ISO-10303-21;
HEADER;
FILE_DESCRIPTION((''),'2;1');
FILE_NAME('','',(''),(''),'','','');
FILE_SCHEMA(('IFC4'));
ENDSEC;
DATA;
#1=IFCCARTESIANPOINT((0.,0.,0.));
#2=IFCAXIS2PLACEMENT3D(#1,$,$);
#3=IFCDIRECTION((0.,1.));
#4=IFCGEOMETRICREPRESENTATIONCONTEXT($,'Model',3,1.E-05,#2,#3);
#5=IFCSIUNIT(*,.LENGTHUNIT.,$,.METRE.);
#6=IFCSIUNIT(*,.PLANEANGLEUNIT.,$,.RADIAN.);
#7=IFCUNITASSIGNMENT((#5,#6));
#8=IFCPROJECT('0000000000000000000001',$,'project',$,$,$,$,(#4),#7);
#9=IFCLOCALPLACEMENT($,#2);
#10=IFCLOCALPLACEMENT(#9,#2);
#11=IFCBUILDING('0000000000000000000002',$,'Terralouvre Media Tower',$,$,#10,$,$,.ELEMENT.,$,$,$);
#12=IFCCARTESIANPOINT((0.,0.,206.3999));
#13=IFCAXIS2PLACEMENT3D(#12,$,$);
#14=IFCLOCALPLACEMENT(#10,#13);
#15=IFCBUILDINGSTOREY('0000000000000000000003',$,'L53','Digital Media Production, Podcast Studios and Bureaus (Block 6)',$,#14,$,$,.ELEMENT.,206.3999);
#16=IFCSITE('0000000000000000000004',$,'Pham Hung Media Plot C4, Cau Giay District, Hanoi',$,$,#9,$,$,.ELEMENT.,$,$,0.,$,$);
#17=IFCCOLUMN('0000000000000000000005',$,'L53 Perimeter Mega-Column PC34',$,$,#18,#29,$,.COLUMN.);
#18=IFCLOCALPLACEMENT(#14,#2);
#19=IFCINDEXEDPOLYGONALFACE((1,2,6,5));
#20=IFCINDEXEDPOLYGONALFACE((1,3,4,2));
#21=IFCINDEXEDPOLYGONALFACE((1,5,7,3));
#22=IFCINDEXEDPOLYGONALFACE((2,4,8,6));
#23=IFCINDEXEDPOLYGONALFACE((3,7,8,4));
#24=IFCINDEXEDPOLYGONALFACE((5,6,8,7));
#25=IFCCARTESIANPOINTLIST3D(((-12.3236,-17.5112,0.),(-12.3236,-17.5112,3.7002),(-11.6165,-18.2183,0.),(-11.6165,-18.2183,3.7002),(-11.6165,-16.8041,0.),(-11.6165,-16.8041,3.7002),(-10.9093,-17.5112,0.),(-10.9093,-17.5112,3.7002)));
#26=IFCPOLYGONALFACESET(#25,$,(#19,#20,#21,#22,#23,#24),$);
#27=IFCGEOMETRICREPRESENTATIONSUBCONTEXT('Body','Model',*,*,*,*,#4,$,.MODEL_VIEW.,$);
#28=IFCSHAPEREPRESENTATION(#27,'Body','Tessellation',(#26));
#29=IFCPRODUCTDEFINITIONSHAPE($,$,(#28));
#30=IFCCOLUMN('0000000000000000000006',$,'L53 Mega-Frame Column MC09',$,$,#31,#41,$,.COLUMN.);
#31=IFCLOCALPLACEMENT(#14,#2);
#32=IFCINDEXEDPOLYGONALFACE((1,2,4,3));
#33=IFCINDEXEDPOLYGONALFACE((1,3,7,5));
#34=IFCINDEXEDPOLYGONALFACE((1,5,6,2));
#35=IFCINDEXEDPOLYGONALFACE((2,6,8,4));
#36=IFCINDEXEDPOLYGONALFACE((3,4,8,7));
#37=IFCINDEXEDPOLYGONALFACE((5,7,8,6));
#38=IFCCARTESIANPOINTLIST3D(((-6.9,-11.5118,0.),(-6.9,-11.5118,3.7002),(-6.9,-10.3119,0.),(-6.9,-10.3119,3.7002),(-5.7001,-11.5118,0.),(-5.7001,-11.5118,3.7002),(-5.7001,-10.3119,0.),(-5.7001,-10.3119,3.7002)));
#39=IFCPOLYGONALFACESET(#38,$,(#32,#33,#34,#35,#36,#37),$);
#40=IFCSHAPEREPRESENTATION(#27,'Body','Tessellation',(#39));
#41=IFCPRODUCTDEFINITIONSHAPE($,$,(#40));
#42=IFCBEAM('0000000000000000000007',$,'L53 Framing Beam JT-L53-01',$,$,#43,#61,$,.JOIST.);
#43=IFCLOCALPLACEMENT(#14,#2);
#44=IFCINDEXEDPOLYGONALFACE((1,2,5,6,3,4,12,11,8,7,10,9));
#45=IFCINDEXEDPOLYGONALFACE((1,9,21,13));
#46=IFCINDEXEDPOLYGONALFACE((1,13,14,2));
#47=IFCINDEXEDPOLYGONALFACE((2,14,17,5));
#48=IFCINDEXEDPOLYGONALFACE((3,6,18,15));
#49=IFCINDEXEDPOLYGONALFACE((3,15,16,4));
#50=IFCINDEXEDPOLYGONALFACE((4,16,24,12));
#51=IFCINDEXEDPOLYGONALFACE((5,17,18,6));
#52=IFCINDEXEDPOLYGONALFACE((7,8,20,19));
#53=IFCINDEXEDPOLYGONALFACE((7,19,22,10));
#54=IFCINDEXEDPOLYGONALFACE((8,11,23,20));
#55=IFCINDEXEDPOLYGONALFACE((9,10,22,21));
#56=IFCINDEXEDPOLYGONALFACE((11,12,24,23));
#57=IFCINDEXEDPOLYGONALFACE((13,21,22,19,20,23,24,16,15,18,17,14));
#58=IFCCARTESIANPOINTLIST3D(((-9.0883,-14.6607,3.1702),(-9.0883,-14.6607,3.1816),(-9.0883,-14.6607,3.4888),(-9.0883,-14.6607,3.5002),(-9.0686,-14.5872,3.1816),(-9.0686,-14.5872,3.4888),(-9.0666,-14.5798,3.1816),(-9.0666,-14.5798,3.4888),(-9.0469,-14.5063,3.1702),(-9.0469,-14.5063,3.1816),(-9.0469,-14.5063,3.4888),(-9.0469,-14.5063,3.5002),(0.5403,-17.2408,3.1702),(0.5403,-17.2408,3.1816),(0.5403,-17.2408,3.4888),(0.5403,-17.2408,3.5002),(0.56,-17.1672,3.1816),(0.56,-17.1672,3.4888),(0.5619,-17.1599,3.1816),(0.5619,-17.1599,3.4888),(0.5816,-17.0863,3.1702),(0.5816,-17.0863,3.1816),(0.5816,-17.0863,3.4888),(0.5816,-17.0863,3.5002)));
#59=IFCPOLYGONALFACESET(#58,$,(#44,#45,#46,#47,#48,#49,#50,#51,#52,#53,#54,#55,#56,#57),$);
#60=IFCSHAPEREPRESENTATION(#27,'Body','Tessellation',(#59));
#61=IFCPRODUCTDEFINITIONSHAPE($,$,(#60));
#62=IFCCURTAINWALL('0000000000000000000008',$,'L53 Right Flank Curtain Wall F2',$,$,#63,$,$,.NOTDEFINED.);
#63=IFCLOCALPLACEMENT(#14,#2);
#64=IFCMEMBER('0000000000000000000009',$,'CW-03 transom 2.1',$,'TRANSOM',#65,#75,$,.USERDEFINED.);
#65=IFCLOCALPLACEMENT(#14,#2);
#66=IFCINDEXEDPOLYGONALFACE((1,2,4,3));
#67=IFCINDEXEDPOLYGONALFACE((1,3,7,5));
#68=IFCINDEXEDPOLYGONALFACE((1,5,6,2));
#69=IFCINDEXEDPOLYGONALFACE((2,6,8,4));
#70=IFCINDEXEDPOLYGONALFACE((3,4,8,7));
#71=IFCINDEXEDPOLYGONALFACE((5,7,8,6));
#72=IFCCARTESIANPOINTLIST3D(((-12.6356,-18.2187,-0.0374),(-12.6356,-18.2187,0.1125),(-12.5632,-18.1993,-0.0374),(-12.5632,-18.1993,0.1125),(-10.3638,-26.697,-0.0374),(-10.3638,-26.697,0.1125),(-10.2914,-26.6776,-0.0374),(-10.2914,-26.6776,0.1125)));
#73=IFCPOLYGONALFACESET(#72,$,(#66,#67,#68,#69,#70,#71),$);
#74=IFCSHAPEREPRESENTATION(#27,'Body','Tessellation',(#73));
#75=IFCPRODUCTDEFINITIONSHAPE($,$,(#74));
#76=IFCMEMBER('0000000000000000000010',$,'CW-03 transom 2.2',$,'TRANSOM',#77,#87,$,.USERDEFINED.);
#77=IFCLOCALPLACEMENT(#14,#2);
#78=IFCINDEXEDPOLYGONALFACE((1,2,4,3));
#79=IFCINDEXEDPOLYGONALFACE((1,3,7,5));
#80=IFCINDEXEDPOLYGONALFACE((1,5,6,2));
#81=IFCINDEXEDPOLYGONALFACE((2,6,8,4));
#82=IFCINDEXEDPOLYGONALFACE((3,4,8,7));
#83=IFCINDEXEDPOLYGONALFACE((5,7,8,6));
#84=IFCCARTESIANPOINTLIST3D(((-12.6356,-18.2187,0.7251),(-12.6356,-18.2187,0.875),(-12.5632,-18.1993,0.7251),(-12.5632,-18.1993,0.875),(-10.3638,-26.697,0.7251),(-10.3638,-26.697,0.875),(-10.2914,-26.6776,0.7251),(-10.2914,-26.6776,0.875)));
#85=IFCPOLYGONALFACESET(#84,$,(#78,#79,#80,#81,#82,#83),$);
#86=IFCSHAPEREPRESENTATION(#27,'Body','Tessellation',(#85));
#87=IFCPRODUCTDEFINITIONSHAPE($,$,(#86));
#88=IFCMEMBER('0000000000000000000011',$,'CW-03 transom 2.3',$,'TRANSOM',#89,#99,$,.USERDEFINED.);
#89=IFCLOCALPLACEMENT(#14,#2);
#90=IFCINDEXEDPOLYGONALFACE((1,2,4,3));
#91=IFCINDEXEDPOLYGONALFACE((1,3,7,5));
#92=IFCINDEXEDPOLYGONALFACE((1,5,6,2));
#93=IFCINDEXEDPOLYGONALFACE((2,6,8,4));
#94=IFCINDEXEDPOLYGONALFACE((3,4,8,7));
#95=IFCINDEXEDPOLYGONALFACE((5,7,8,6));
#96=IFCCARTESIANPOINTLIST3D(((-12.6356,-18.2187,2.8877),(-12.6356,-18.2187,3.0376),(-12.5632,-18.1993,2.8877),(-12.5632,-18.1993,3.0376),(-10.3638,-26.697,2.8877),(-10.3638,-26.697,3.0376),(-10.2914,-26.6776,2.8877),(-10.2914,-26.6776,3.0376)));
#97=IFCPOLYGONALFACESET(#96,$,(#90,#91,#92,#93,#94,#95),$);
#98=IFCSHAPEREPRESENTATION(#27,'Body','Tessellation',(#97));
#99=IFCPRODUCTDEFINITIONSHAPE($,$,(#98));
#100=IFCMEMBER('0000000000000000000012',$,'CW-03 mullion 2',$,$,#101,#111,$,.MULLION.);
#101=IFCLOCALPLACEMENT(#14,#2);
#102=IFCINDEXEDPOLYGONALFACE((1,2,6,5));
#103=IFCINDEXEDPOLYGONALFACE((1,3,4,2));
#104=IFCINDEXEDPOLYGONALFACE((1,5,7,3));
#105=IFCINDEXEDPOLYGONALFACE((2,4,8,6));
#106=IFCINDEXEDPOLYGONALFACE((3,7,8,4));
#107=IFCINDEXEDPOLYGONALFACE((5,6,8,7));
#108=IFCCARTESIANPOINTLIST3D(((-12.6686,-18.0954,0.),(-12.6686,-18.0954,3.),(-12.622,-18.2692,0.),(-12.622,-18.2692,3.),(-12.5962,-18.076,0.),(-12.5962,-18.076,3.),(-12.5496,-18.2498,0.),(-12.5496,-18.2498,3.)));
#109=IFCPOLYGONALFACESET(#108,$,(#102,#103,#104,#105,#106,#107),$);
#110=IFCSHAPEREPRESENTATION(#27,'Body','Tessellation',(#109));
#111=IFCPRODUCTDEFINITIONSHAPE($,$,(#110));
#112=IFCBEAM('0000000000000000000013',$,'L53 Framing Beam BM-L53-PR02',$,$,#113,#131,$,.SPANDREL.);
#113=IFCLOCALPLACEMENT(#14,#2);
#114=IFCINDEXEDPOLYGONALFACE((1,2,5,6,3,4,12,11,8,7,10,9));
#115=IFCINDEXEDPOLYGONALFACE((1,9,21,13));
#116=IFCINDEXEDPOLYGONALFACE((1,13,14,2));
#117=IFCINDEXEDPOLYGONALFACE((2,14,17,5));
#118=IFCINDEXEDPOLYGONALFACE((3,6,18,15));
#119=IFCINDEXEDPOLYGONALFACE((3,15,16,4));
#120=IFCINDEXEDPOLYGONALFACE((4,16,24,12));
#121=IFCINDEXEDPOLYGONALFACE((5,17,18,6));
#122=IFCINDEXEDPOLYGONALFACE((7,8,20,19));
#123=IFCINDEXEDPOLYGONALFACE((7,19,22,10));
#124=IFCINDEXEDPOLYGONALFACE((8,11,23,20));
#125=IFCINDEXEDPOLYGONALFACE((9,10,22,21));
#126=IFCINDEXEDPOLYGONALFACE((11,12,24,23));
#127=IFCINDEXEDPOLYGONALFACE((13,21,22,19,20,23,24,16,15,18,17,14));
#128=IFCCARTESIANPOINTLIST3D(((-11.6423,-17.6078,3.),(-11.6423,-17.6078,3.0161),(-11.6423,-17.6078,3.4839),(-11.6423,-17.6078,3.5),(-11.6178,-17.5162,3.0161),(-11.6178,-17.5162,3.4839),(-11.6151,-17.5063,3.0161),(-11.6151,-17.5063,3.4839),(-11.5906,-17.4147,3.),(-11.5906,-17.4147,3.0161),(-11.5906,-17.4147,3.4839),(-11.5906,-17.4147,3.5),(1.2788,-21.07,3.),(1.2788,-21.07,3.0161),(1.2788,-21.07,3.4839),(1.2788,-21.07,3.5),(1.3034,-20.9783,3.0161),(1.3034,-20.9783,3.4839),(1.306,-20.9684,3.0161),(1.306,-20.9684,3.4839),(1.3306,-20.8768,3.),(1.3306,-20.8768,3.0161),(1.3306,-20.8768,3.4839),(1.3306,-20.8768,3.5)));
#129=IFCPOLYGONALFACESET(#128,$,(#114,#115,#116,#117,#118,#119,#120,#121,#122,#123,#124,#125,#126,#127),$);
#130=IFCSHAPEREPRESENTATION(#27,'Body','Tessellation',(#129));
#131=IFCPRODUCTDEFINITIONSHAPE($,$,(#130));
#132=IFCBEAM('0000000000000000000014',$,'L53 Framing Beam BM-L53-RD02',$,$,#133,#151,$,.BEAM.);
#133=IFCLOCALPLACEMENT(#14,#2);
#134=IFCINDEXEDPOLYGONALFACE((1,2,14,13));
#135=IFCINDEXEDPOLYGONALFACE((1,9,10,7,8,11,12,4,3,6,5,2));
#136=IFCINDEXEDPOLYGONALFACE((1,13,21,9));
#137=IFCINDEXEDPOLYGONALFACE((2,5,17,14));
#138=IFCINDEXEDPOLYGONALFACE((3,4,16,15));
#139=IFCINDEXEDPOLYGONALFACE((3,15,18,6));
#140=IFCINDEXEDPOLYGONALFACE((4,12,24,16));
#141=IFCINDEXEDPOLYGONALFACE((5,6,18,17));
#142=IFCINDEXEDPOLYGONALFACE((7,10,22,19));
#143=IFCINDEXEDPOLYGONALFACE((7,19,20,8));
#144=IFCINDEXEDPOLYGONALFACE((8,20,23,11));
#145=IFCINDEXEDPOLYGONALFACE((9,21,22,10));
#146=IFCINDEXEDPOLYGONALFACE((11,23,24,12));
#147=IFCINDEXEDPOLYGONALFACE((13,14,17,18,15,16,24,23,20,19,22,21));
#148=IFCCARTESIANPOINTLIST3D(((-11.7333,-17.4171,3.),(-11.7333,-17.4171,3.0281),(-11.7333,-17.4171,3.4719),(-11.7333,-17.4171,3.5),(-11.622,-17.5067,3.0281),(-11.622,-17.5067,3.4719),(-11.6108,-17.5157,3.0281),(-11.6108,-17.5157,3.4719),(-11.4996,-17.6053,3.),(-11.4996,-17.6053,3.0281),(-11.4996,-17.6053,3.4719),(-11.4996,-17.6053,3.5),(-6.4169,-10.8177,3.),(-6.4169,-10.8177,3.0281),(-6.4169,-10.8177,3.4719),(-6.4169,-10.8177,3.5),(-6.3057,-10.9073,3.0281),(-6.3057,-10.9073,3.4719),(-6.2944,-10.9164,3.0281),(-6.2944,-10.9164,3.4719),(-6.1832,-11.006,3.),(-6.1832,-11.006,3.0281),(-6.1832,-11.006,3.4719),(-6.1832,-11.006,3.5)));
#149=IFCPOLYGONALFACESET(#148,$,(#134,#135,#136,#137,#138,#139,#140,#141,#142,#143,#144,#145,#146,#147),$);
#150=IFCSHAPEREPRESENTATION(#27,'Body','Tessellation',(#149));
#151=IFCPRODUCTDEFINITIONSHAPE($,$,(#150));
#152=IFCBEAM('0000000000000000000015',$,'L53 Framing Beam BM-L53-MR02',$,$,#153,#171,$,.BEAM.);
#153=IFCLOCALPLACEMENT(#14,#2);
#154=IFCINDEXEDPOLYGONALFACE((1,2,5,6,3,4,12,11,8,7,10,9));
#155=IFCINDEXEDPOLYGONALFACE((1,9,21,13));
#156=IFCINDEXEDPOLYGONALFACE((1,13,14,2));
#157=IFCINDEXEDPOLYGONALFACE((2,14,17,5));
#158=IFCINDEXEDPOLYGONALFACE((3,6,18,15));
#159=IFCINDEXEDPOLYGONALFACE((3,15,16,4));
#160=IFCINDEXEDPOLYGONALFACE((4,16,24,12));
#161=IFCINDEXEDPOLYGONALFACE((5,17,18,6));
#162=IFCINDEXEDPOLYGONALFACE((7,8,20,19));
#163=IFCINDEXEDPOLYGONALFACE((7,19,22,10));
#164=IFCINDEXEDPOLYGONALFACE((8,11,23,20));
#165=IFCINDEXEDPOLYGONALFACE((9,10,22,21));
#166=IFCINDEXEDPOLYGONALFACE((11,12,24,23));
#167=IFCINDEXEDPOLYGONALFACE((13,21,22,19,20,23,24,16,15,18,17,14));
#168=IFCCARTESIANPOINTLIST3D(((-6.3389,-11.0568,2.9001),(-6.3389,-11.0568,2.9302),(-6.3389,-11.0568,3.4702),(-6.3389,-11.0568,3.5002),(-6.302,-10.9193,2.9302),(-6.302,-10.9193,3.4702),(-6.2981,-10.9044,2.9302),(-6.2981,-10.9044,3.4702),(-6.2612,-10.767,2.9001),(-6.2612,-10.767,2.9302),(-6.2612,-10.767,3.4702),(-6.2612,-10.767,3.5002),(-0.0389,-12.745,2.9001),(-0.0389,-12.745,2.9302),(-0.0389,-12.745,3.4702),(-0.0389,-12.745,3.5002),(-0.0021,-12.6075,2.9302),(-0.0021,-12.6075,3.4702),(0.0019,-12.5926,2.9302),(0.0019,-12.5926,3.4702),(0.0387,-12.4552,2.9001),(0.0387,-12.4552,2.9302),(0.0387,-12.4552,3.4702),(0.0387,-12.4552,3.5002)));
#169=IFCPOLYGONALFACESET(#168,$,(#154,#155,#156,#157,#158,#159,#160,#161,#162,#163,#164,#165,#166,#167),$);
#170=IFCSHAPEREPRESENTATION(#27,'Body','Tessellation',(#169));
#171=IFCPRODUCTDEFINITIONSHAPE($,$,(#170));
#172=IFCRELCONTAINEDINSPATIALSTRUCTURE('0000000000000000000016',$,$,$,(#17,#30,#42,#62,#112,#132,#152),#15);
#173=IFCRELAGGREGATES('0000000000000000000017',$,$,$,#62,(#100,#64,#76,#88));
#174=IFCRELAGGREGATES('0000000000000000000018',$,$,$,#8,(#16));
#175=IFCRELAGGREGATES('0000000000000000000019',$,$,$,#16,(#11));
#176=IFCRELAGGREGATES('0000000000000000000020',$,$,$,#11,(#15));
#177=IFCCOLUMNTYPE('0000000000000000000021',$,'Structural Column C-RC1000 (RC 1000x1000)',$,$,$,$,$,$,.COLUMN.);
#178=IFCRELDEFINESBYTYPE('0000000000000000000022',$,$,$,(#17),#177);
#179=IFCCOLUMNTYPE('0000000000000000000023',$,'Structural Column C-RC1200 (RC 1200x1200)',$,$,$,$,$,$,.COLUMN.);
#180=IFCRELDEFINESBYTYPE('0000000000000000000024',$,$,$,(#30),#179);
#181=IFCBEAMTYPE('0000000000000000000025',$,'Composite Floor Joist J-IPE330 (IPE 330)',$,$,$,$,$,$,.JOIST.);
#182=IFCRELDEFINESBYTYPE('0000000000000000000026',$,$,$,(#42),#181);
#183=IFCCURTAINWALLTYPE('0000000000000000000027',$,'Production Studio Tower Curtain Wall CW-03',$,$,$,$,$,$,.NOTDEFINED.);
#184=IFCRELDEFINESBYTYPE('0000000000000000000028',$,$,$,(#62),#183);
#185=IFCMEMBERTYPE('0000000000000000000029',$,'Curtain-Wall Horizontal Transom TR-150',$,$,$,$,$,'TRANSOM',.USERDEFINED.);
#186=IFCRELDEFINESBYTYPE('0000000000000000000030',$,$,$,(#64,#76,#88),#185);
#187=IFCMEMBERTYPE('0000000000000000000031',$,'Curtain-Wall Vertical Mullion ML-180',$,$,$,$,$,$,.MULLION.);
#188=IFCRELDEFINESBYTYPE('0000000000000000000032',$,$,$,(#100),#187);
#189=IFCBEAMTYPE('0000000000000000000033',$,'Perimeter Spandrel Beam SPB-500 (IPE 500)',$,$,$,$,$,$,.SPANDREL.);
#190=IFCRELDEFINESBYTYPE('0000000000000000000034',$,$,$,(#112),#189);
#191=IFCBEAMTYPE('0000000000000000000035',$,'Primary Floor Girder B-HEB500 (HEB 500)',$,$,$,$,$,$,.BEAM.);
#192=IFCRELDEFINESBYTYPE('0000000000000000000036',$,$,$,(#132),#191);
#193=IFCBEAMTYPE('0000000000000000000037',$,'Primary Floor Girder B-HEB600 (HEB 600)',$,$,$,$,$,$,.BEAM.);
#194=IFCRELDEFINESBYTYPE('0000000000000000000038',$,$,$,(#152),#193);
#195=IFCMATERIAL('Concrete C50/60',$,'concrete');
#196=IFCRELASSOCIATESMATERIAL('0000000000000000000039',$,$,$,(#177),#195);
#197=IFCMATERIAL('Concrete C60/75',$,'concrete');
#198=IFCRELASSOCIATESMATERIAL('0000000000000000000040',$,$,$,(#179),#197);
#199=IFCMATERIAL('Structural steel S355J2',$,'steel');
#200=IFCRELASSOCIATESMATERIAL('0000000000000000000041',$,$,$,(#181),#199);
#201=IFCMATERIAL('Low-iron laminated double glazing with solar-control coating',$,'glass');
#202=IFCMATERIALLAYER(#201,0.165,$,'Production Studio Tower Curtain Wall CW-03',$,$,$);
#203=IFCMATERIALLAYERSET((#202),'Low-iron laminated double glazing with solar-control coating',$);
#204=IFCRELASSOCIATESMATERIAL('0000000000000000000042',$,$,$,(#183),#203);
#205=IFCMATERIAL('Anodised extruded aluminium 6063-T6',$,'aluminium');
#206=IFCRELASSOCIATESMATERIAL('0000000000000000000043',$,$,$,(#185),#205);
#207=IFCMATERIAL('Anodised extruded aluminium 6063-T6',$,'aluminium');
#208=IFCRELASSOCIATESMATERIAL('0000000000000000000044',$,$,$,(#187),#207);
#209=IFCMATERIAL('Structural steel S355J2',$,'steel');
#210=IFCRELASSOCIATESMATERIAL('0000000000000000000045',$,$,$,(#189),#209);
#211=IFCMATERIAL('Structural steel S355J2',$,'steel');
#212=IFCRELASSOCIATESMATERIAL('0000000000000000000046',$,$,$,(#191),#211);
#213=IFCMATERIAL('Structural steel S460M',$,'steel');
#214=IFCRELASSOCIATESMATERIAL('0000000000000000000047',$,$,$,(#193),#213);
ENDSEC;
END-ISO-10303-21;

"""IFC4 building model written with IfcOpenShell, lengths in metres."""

from ifc_helpers import new_model, si_unit, direction, frame, origin, origin_2d, place, context, subcontext, project, spatial, rectangle, i_section, extrude, material, layer, layer_set, material_profile, profile_set, type_object, element, aggregate, save


model = new_model("IFC4")

# Units and contexts
model_context = context("Model", 3, precision=1e-05, world=origin(), true_north=direction((0.0, 1.0)))
body_context = subcontext(model_context, "Body", "Model", "MODEL_VIEW")
ifc_project = project(units=[si_unit("LENGTHUNIT", "METRE"), si_unit("PLANEANGLEUNIT", "RADIAN")], contexts=[model_context])

# Site, building, storey
site_placement = place(None, origin())
site = spatial("IfcSite", under=ifc_project, at=site_placement, Name="Pham Hung Media Plot C4, Cau Giay District, Hanoi", CompositionType="ELEMENT", RefElevation=0.0)
building_placement = place(site_placement, origin())
building = spatial("IfcBuilding", under=site, at=building_placement, Name="Terralouvre Media Tower", CompositionType="ELEMENT")
storey_placement = place(building_placement, frame((0.0, 0.0, 206.3999)))
storey = spatial("IfcBuildingStorey", under=building, at=storey_placement, Name="L53", Description="Digital Media Production, Podcast Studios and Bureaus (Block 6)", CompositionType="ELEMENT", Elevation=206.3999)

# Columns
ifc_material_1 = material(Name="Concrete C50/60", Category="concrete")
ifc_material_profile_1 = material_profile(ifc_material_1, rectangle(XDim=1.0, YDim=1.0, at=origin_2d()), Name="RC 1000x1000")
ifc_profile_set_1 = profile_set([ifc_material_profile_1], Name="Concrete C50/60")
column_type_1 = type_object("IfcColumnType", Name="Structural Column C-RC1000 (RC 1000x1000)", PredefinedType="COLUMN", material=ifc_profile_set_1)
column_1_placement = place(storey_placement, frame((-11.6165, -17.5112, 0.0), z_axis=(0.0, 0.0, 1.0), x_axis=(0.707107, 0.707107, 0.0)))
element("IfcColumn", 1, at=column_1_placement, inside=storey, type_object=column_type_1, Name="L53 Perimeter Mega-Column PC34", PredefinedType="COLUMN", context=body_context, shape_type="SweptSolid", body=[
    extrude(rectangle(XDim=1.0, YDim=1.0, at=origin_2d()), origin(), (0.0, 0.0, 1.0), 3.7002),
])
ifc_material_2 = material(Name="Concrete C60/75", Category="concrete")
ifc_material_profile_2 = material_profile(ifc_material_2, rectangle(XDim=1.2, YDim=1.2, at=origin_2d()), Name="RC 1200x1200")
ifc_profile_set_2 = profile_set([ifc_material_profile_2], Name="Concrete C60/75")
column_type_2 = type_object("IfcColumnType", Name="Structural Column C-RC1200 (RC 1200x1200)", PredefinedType="COLUMN", material=ifc_profile_set_2)
column_2_placement = place(storey_placement, frame((-6.3, -10.9119, 0.0), z_axis=(0.0, 0.0, 1.0), x_axis=(1.0, 0.0, 0.0)))
element("IfcColumn", 2, at=column_2_placement, inside=storey, type_object=column_type_2, Name="L53 Mega-Frame Column MC09", PredefinedType="COLUMN", context=body_context, shape_type="SweptSolid", body=[
    extrude(rectangle(XDim=1.2, YDim=1.2, at=origin_2d()), origin(), (0.0, 0.0, 1.0), 3.7002),
])

# Beam
ifc_material_3 = material(Name="Structural steel S355J2", Category="steel")
ifc_material_profile_3 = material_profile(ifc_material_3, i_section(OverallWidth=0.1599, OverallDepth=0.3301, WebThickness=0.0076, FlangeThickness=0.0115, at=origin_2d()), Name="IPE 330")
ifc_profile_set_3 = profile_set([ifc_material_profile_3], Name="Structural steel S355J2")
beam_type_1 = type_object("IfcBeamType", Name="Composite Floor Joist J-IPE330 (IPE 330)", PredefinedType="JOIST", material=ifc_profile_set_3)
beam_1_placement = place(storey_placement, frame((-9.0676, -14.5835, 3.3352), z_axis=(0.965924, -0.258827, 0.0), x_axis=(0.258827, 0.965924, 0.0)))
element("IfcBeam", 3, at=beam_1_placement, inside=storey, type_object=beam_type_1, Name="L53 Framing Beam JT-L53-01", PredefinedType="JOIST", context=body_context, shape_type="SweptSolid", body=[
    extrude(i_section(OverallWidth=0.1599, OverallDepth=0.3301, WebThickness=0.0076, FlangeThickness=0.0115, at=origin_2d()), origin(), (0.0, 0.0, 1.0), 9.9683),
])

# Curtain wall, members
ifc_material_4 = material(Name="Low-iron laminated double glazing with solar-control coating", Category="glass")
ifc_layer_1 = layer(ifc_material_4, 0.165, Name="Production Studio Tower Curtain Wall CW-03")
ifc_layer_set_1 = layer_set([ifc_layer_1], Name="Low-iron laminated double glazing with solar-control coating")
curtain_wall_type = type_object("IfcCurtainWallType", Name="Production Studio Tower Curtain Wall CW-03", PredefinedType="NOTDEFINED", material=ifc_layer_set_1)
curtain_wall_placement = place(storey_placement, origin())
curtain_wall = element("IfcCurtainWall", 4, at=curtain_wall_placement, inside=storey, type_object=curtain_wall_type, Name="L53 Right Flank Curtain Wall F2", PredefinedType="NOTDEFINED")
ifc_material_5 = material(Name="Anodised extruded aluminium 6063-T6", Category="aluminium")
ifc_material_profile_4 = material_profile(ifc_material_5, rectangle(XDim=0.075, YDim=0.1499, at=origin_2d()), Name="ALU 75x150")
ifc_profile_set_4 = profile_set([ifc_material_profile_4], Name="Anodised extruded aluminium 6063-T6")
member_type_1 = type_object("IfcMemberType", Name="Curtain-Wall Horizontal Transom TR-150", ElementType="TRANSOM", PredefinedType="USERDEFINED", material=ifc_profile_set_4)
member_1_placement = place(storey_placement, frame((-12.5994, -18.209, 0.0376), z_axis=(0.258817, -0.965926, 0.0), x_axis=(0.965926, 0.258817, 0.0)))
member_1 = element("IfcMember", 5, at=member_1_placement, type_object=member_type_1, Name="CW-03 transom 2.1", ObjectType="TRANSOM", PredefinedType="USERDEFINED", context=body_context, shape_type="SweptSolid", body=[
    extrude(rectangle(XDim=0.075, YDim=0.1499, at=origin_2d()), origin(), (0.0, 0.0, 1.0), 8.7773),
])
member_2_placement = place(storey_placement, frame((-12.5994, -18.209, 0.8), z_axis=(0.258817, -0.965926, 0.0), x_axis=(0.965926, 0.258817, 0.0)))
member_2 = element("IfcMember", 6, at=member_2_placement, type_object=member_type_1, Name="CW-03 transom 2.2", ObjectType="TRANSOM", PredefinedType="USERDEFINED", context=body_context, shape_type="SweptSolid", body=[
    extrude(rectangle(XDim=0.075, YDim=0.1499, at=origin_2d()), origin(), (0.0, 0.0, 1.0), 8.7773),
])
member_3_placement = place(storey_placement, frame((-12.5994, -18.209, 2.9626), z_axis=(0.258817, -0.965926, 0.0), x_axis=(0.965926, 0.258817, 0.0)))
member_3 = element("IfcMember", 7, at=member_3_placement, type_object=member_type_1, Name="CW-03 transom 2.3", ObjectType="TRANSOM", PredefinedType="USERDEFINED", context=body_context, shape_type="SweptSolid", body=[
    extrude(rectangle(XDim=0.075, YDim=0.1499, at=origin_2d()), origin(), (0.0, 0.0, 1.0), 8.7773),
])
ifc_material_6 = material(Name="Anodised extruded aluminium 6063-T6", Category="aluminium")
ifc_material_profile_5 = material_profile(ifc_material_6, rectangle(XDim=0.075, YDim=0.1799, at=origin_2d()), Name="ALU 75x180")
ifc_profile_set_5 = profile_set([ifc_material_profile_5], Name="Anodised extruded aluminium 6063-T6")
member_type_2 = type_object("IfcMemberType", Name="Curtain-Wall Vertical Mullion ML-180", PredefinedType="MULLION", material=ifc_profile_set_5)
member_4_placement = place(storey_placement, frame((-12.6091, -18.1726, 0.0), z_axis=(0.0, 0.0, 1.0), x_axis=(0.965926, 0.258819, 0.0)))
member_4 = element("IfcMember", 8, at=member_4_placement, type_object=member_type_2, Name="CW-03 mullion 2", PredefinedType="MULLION", context=body_context, shape_type="SweptSolid", body=[
    extrude(rectangle(XDim=0.075, YDim=0.1799, at=origin_2d()), origin(), (0.0, 0.0, 1.0), 3.0),
])

# Beams
ifc_material_7 = material(Name="Structural steel S355J2", Category="steel")
ifc_material_profile_6 = material_profile(ifc_material_7, i_section(OverallWidth=0.2, OverallDepth=0.5, WebThickness=0.0103, FlangeThickness=0.0161, at=origin_2d()), Name="IPE 500")
ifc_profile_set_6 = profile_set([ifc_material_profile_6], Name="Structural steel S355J2")
beam_type_2 = type_object("IfcBeamType", Name="Perimeter Spandrel Beam SPB-500 (IPE 500)", PredefinedType="SPANDREL", material=ifc_profile_set_6)
beam_2_placement = place(storey_placement, frame((-11.6165, -17.5112, 3.25), z_axis=(0.965927, -0.258815, 0.0), x_axis=(0.258815, 0.965927, 0.0)))
element("IfcBeam", 9, at=beam_2_placement, inside=storey, type_object=beam_type_2, Name="L53 Framing Beam BM-L53-PR02", PredefinedType="SPANDREL", context=body_context, shape_type="SweptSolid", body=[
    extrude(i_section(OverallWidth=0.2, OverallDepth=0.5, WebThickness=0.0103, FlangeThickness=0.0161, at=origin_2d()), origin(), (0.0, 0.0, 1.0), 13.377),
])
ifc_material_8 = material(Name="Structural steel S355J2", Category="steel")
ifc_material_profile_7 = material_profile(ifc_material_8, i_section(OverallWidth=0.3, OverallDepth=0.5, WebThickness=0.0144, FlangeThickness=0.0281, at=origin_2d()), Name="HEB 500")
ifc_profile_set_7 = profile_set([ifc_material_profile_7], Name="Structural steel S355J2")
beam_type_3 = type_object("IfcBeamType", Name="Primary Floor Girder B-HEB500 (HEB 500)", PredefinedType="BEAM", material=ifc_profile_set_7)
beam_3_placement = place(storey_placement, frame((-6.3, -10.9119, 3.25), z_axis=(-0.627347, -0.778739, 0.0), x_axis=(0.778739, -0.627347, 0.0)))
element("IfcBeam", 10, at=beam_3_placement, inside=storey, type_object=beam_type_3, Name="L53 Framing Beam BM-L53-RD02", PredefinedType="BEAM", context=body_context, shape_type="SweptSolid", body=[
    extrude(i_section(OverallWidth=0.3, OverallDepth=0.5, WebThickness=0.0144, FlangeThickness=0.0281, at=origin_2d()), origin(), (0.0, 0.0, 1.0), 8.4744),
])
ifc_material_9 = material(Name="Structural steel S460M", Category="steel")
ifc_material_profile_8 = material_profile(ifc_material_9, i_section(OverallWidth=0.3, OverallDepth=0.6001, WebThickness=0.0154, FlangeThickness=0.03, at=origin_2d()), Name="HEB 600")
ifc_profile_set_8 = profile_set([ifc_material_profile_8], Name="Structural steel S460M")
beam_type_4 = type_object("IfcBeamType", Name="Primary Floor Girder B-HEB600 (HEB 600)", PredefinedType="BEAM", material=ifc_profile_set_8)
beam_4_placement = place(storey_placement, frame((-6.3, -10.9119, 3.2002), z_axis=(0.96592, -0.258839, 0.0), x_axis=(0.258839, 0.96592, 0.0)))
element("IfcBeam", 11, at=beam_4_placement, inside=storey, type_object=beam_type_4, Name="L53 Framing Beam BM-L53-MR02", PredefinedType="BEAM", context=body_context, shape_type="SweptSolid", body=[
    extrude(i_section(OverallWidth=0.3, OverallDepth=0.6001, WebThickness=0.0154, FlangeThickness=0.03, at=origin_2d()), origin(), (0.0, 0.0, 1.0), 6.5222),
])

aggregate(curtain_wall, [member_4, member_1, member_2, member_3])

save(model, "model.ifc")
